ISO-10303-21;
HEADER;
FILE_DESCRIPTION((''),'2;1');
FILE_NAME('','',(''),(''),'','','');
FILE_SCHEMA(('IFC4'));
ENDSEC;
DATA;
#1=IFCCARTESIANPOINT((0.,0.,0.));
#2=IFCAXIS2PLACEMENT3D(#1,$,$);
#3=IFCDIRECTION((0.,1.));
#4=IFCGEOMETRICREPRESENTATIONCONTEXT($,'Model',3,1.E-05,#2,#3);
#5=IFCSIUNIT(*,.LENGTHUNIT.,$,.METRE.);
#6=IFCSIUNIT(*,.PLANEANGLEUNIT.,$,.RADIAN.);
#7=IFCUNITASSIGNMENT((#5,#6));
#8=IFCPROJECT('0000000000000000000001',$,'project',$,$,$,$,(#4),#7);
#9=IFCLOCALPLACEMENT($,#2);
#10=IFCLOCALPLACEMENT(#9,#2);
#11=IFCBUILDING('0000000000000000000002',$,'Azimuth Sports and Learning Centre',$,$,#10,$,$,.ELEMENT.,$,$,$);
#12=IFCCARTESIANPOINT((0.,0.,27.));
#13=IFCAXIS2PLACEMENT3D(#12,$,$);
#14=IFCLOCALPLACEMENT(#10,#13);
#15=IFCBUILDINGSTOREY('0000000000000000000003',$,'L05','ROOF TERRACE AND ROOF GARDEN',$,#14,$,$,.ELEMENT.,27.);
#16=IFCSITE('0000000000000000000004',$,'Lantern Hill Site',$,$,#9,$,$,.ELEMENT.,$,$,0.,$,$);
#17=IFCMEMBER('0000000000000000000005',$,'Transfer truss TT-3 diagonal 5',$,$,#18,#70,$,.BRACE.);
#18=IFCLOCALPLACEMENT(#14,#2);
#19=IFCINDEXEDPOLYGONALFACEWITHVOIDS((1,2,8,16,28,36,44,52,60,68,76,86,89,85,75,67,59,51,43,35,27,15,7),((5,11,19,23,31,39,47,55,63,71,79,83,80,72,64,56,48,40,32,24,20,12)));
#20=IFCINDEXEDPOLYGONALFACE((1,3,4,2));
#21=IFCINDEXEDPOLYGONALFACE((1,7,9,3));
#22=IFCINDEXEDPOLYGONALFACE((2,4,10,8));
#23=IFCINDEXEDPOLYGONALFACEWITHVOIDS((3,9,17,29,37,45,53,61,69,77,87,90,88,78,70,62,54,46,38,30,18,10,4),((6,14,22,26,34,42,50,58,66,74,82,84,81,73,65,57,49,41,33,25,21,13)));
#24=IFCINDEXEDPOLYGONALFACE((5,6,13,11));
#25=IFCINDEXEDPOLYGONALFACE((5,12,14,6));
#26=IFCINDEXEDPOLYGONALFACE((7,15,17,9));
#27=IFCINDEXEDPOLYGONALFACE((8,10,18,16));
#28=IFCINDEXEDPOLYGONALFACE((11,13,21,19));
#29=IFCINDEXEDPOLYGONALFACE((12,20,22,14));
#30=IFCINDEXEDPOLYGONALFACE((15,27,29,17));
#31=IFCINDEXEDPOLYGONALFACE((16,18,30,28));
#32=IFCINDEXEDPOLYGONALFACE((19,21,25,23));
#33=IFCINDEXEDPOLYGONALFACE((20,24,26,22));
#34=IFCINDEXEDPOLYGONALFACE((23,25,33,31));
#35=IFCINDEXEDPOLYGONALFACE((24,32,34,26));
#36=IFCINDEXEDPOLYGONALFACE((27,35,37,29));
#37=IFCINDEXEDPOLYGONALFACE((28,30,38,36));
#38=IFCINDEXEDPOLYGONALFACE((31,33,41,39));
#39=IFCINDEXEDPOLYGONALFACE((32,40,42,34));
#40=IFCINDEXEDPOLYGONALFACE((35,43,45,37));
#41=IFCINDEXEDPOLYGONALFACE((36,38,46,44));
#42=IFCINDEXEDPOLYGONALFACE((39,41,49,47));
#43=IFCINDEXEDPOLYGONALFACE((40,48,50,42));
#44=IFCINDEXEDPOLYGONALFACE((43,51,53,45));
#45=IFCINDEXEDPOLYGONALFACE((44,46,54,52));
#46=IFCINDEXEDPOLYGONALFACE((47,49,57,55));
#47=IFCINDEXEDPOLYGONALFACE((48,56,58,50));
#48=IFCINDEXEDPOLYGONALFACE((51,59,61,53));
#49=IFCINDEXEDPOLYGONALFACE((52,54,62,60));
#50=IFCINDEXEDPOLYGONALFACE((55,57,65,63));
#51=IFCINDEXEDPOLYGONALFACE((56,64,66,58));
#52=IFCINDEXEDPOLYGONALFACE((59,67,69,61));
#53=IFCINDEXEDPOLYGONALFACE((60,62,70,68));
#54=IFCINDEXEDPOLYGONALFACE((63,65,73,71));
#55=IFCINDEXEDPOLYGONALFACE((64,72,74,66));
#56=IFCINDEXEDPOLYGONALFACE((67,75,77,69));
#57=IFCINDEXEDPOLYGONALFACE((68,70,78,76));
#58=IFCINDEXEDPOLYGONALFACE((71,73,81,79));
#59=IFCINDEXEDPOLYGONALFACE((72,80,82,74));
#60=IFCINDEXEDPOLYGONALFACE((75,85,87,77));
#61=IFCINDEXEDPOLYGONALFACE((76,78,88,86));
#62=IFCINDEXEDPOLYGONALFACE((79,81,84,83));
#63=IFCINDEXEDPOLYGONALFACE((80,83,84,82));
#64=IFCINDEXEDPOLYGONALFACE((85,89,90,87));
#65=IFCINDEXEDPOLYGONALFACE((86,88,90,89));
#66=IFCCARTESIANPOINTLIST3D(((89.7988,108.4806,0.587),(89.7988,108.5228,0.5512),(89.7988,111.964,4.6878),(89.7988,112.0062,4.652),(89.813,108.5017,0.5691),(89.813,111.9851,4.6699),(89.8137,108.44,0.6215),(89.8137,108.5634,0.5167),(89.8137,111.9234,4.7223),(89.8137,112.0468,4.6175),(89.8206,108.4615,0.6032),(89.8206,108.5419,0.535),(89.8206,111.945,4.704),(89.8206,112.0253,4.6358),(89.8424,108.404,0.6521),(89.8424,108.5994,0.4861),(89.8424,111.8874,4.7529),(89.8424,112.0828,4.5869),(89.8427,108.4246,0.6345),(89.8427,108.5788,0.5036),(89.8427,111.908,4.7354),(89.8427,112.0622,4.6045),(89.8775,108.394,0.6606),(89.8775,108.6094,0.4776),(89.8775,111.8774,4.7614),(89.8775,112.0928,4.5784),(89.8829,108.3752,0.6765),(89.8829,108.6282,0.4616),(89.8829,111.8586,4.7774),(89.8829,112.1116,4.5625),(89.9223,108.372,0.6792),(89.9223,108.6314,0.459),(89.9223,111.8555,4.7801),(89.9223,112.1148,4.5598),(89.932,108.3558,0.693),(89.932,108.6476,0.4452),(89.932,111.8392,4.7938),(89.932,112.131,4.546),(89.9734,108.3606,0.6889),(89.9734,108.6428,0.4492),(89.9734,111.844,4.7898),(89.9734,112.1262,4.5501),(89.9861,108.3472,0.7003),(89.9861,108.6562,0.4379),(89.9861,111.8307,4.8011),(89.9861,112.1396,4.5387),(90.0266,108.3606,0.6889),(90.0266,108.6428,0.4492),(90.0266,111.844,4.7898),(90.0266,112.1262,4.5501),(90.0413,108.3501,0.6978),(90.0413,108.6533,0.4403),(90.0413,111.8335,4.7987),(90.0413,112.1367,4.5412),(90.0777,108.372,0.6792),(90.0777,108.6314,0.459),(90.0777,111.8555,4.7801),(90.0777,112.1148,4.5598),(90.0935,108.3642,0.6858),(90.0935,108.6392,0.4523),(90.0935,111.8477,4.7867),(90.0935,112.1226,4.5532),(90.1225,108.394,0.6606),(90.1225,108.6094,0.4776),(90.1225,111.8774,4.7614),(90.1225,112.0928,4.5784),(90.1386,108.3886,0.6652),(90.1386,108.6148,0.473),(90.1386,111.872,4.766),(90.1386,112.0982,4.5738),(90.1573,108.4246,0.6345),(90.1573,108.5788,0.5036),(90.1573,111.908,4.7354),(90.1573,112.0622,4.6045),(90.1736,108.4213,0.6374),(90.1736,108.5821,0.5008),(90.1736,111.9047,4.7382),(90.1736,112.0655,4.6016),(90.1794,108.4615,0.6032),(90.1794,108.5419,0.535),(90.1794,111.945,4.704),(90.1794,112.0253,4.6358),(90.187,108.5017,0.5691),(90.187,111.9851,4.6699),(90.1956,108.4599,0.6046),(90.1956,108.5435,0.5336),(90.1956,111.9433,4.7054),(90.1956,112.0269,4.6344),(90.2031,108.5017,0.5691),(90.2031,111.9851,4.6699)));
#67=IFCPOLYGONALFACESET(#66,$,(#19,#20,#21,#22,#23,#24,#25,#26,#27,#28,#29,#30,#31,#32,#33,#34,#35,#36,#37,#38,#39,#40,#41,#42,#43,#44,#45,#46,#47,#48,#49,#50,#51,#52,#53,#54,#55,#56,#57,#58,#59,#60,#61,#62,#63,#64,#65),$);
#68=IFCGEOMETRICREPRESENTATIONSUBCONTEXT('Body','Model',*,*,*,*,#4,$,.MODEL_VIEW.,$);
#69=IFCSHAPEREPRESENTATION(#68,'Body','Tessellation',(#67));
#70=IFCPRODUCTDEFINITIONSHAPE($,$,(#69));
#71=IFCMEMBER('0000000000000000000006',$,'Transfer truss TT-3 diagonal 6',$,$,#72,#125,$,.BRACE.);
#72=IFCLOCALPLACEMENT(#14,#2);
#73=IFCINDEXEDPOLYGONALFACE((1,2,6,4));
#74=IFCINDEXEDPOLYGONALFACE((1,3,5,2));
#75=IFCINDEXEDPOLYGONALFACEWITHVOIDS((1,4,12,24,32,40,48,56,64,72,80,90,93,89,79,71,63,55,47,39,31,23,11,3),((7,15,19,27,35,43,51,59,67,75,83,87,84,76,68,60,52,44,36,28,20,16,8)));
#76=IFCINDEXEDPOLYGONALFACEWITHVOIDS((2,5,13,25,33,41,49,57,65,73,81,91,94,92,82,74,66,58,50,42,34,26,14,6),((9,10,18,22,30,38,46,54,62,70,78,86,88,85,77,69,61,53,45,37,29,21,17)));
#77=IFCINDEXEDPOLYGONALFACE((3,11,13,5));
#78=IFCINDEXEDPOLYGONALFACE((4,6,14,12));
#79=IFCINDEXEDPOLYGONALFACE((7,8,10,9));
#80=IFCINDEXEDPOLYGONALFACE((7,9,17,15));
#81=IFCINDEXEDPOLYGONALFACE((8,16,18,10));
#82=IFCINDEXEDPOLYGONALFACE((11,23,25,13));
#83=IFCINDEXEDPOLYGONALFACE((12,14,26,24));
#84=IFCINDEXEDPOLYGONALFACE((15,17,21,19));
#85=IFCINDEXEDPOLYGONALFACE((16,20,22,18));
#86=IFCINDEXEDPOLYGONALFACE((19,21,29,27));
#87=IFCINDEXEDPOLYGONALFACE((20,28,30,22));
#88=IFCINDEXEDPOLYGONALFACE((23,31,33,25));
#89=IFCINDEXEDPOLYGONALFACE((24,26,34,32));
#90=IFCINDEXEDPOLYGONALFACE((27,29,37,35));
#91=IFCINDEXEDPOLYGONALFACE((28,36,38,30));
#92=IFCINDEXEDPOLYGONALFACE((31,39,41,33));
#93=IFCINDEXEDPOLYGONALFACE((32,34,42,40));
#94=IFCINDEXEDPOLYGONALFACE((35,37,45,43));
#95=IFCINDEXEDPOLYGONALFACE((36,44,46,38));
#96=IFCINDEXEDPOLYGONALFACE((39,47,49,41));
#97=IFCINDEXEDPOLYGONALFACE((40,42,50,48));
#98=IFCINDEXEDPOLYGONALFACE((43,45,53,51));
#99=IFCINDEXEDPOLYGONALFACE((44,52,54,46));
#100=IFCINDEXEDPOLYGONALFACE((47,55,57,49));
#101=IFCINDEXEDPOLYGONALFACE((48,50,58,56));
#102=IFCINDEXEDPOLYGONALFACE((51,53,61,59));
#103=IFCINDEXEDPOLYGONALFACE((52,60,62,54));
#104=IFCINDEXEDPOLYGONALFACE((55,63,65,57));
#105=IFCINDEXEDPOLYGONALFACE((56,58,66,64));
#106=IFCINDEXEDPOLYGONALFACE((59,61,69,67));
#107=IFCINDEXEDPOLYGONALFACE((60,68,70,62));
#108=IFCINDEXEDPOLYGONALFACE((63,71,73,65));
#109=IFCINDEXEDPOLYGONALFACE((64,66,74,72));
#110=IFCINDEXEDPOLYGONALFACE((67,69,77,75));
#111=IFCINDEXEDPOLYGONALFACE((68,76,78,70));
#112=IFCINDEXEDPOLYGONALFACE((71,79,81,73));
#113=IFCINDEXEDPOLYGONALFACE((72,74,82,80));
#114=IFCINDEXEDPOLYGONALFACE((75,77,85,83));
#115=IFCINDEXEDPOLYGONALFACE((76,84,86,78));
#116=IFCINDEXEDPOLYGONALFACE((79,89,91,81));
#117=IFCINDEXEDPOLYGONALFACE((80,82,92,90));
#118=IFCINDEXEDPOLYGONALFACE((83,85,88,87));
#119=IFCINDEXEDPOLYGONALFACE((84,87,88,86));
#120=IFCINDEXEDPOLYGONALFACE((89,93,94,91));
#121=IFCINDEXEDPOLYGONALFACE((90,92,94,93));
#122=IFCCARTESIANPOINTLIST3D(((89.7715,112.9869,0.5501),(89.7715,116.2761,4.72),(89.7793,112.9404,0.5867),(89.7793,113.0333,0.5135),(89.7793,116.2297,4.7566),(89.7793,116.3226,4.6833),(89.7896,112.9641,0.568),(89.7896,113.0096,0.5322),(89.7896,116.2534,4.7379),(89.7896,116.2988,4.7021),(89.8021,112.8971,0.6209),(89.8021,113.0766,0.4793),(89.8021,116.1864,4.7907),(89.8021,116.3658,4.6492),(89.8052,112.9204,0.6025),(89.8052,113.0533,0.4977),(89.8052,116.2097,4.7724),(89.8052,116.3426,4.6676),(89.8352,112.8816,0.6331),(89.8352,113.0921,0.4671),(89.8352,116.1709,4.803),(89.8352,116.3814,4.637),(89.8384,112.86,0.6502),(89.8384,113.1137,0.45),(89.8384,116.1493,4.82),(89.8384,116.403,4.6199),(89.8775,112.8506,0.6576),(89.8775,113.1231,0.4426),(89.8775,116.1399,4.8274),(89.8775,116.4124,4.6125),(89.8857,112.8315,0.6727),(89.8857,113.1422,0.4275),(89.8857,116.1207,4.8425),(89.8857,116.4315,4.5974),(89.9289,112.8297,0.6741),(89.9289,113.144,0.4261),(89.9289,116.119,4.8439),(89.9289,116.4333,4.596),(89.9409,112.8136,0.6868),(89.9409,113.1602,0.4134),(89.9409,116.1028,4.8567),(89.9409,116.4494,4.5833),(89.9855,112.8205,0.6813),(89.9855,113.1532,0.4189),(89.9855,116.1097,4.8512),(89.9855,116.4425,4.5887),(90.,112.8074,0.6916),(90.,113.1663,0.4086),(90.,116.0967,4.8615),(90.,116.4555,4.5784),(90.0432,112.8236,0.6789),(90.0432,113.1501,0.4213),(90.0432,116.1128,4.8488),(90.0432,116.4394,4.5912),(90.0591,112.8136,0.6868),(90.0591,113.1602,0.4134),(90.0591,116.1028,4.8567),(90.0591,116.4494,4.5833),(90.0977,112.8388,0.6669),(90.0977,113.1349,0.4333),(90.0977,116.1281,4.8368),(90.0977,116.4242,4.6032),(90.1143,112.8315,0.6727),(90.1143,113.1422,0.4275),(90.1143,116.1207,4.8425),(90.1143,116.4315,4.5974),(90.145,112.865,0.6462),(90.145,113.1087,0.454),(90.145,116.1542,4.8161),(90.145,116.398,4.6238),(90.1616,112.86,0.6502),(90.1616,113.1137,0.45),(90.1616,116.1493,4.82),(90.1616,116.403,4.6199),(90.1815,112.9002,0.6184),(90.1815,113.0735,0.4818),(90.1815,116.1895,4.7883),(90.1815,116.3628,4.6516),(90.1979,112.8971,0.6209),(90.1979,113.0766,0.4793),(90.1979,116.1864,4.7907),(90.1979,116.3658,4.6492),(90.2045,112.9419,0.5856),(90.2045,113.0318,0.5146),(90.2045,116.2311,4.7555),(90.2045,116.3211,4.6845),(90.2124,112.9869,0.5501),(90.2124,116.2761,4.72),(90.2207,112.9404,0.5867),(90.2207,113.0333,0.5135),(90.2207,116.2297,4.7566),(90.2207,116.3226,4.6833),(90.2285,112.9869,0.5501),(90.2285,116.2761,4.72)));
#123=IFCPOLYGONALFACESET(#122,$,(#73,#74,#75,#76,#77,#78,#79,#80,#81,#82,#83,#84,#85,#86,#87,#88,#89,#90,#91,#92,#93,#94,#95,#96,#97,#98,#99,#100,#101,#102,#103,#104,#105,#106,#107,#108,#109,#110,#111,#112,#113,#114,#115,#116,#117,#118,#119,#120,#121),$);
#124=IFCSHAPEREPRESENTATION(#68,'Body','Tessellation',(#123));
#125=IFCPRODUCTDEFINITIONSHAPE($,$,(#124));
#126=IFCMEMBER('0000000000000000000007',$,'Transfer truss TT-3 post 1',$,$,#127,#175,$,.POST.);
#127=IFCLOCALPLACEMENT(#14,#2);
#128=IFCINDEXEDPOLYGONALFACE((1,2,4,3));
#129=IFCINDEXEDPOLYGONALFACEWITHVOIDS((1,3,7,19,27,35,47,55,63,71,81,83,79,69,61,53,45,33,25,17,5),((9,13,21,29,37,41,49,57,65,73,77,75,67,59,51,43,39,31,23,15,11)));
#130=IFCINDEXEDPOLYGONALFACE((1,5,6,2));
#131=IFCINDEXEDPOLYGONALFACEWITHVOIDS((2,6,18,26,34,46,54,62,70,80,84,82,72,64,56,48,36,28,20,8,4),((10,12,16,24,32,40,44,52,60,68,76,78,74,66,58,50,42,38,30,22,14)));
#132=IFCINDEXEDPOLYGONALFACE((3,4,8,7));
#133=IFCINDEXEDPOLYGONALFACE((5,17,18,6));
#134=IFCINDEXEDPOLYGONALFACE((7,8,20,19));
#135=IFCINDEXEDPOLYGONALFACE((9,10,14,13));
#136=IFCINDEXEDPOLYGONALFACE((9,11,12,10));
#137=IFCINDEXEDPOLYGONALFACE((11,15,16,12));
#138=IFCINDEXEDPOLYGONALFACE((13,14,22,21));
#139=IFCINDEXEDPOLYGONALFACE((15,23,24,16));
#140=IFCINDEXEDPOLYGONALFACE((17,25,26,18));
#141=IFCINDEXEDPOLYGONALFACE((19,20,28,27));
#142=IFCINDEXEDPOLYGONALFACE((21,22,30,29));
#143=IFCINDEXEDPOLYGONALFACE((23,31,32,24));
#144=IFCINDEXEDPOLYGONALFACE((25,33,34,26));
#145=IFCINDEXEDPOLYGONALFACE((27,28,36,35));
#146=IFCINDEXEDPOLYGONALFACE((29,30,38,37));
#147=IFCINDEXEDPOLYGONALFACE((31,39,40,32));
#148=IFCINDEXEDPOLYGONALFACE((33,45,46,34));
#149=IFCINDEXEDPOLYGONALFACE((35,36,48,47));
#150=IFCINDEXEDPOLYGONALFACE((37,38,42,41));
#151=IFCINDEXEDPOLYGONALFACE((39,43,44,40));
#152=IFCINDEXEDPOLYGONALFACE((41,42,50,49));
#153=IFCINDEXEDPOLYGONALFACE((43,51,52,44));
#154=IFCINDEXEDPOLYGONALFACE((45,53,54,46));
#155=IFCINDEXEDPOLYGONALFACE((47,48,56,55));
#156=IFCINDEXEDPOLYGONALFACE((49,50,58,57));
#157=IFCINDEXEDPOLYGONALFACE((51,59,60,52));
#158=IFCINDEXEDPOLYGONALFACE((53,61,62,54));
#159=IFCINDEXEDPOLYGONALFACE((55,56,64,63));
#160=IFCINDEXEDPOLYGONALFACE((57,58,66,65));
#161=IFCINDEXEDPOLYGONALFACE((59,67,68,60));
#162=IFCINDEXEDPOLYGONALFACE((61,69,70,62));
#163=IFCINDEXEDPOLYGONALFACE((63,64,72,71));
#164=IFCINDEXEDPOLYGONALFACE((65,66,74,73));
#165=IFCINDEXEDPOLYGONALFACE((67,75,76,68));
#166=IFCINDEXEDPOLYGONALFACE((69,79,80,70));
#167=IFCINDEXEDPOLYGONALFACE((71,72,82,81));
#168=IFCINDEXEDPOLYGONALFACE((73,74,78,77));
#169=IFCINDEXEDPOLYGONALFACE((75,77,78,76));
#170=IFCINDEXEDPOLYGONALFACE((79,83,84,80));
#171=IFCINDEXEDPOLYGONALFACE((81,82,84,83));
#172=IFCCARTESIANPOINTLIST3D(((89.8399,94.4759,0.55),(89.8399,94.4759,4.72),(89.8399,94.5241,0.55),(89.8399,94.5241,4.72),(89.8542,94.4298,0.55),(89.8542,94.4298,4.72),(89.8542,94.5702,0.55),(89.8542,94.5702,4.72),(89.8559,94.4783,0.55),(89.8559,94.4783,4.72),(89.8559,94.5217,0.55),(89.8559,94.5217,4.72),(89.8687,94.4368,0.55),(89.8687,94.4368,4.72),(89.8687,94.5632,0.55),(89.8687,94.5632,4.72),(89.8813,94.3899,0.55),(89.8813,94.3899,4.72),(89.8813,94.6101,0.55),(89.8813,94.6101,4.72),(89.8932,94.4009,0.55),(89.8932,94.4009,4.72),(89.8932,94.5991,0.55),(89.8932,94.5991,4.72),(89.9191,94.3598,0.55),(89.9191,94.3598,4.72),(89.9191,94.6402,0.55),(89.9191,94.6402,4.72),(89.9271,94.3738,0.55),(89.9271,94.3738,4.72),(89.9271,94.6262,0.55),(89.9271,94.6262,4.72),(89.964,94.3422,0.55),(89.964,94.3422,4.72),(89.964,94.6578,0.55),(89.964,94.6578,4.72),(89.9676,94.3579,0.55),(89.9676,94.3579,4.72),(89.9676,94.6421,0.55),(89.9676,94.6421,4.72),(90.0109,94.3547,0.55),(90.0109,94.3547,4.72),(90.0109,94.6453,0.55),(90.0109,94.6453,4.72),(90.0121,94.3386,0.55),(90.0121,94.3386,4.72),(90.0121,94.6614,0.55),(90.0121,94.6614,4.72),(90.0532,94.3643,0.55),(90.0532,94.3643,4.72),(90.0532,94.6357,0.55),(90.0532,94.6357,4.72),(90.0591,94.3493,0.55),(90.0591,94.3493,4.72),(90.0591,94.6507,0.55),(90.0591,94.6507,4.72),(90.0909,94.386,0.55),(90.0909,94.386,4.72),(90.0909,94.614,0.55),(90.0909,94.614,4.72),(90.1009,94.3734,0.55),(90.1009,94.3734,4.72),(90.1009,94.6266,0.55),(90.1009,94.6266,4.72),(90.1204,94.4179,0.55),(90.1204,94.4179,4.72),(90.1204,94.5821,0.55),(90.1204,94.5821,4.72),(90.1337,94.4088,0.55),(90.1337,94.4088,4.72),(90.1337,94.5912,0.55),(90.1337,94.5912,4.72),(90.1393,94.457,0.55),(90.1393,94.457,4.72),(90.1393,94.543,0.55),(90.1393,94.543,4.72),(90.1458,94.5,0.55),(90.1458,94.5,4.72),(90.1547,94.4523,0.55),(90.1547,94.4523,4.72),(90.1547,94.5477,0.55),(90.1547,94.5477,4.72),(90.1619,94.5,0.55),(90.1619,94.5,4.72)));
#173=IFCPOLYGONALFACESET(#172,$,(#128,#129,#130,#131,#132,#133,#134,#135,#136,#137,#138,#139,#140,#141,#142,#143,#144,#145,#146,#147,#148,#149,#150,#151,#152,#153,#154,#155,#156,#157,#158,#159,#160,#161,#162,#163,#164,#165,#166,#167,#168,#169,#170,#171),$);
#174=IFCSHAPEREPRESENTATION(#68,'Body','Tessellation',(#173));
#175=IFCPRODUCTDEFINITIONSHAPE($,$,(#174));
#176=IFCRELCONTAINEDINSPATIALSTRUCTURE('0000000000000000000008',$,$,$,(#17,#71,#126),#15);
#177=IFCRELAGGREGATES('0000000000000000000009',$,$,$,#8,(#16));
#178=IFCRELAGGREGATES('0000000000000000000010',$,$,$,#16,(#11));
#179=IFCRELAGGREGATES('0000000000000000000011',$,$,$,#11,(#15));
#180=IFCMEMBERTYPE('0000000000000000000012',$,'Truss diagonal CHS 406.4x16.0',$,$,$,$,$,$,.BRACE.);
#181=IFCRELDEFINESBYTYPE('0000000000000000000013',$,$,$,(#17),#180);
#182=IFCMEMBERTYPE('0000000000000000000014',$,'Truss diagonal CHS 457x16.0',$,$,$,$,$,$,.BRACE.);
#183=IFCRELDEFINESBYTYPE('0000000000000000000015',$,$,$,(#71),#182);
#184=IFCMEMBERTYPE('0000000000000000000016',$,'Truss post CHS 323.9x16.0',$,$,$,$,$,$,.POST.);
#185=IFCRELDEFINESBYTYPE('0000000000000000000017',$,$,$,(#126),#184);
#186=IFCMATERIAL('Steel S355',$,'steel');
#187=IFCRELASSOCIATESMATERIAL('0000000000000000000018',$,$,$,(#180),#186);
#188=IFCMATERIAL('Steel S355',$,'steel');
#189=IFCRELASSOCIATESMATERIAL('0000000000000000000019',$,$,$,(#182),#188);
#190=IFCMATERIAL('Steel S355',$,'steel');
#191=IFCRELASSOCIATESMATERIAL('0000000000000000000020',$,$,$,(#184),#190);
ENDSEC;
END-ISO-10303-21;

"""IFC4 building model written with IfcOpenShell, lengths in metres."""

from ifc_helpers import new_model, si_unit, direction, frame, origin, origin_2d, place, context, subcontext, project, spatial, hollow_circle, extrude, material, material_profile, profile_set, type_object, element, save


model = new_model("IFC4")

# Units and contexts
model_context = context("Model", 3, precision=1e-05, world=origin(), true_north=direction((0.0, 1.0)))
body_context = subcontext(model_context, "Body", "Model", "MODEL_VIEW")
ifc_project = project(units=[si_unit("LENGTHUNIT", "METRE"), si_unit("PLANEANGLEUNIT", "RADIAN")], contexts=[model_context])

# Site, building, storey
site_placement = place(None, origin())
site = spatial("IfcSite", under=ifc_project, at=site_placement, Name="Lantern Hill Site", CompositionType="ELEMENT", RefElevation=0.0)
building_placement = place(site_placement, origin())
building = spatial("IfcBuilding", under=site, at=building_placement, Name="Azimuth Sports and Learning Centre", CompositionType="ELEMENT")
storey_placement = place(building_placement, frame((0.0, 0.0, 27.0)))
storey = spatial("IfcBuildingStorey", under=building, at=storey_placement, Name="L05", Description="ROOF TERRACE AND ROOF GARDEN", CompositionType="ELEMENT", Elevation=27.0)

# Members
ifc_material_1 = material(Name="Steel S355", Category="steel")
ifc_material_profile_1 = material_profile(ifc_material_1, hollow_circle(Radius=0.2031, WallThickness=0.0161, at=origin_2d()), Name="CHS 406.4x16.0")
ifc_profile_set_1 = profile_set([ifc_material_profile_1], Name="Steel S355")
member_type_1 = type_object("IfcMemberType", Name="Truss diagonal CHS 406.4x16.0", PredefinedType="BRACE", material=ifc_profile_set_1)
for number, where, z_axis, x_axis, name in (
    (1, (90.0, 111.9851, 4.6699), (0.0, -0.647399, -0.762151), (1.0, 0.0, 0.0), "Transfer truss TT-3 diagonal 5"),
):
    element("IfcMember", number, at=place(storey_placement, frame(where, z_axis=z_axis, x_axis=x_axis)), inside=storey, type_object=member_type_1, Name=name, PredefinedType="BRACE", context=body_context, shape_type="SweptSolid", body=[
        extrude(hollow_circle(Radius=0.2031, WallThickness=0.0161, at=origin_2d()), origin(), (0.0, 0.0, 1.0), 5.3806),
    ])
ifc_material_2 = material(Name="Steel S355", Category="steel")
ifc_material_profile_2 = material_profile(ifc_material_2, hollow_circle(Radius=0.2285, WallThickness=0.0161, at=origin_2d()), Name="CHS 457x16.0")
ifc_profile_set_2 = profile_set([ifc_material_profile_2], Name="Steel S355")
member_type_2 = type_object("IfcMemberType", Name="Truss diagonal CHS 457x16.0", PredefinedType="BRACE", material=ifc_profile_set_2)
member_1_placement = place(storey_placement, frame((90.0, 116.2761, 4.72), z_axis=(0.0, -0.619327, -0.785133), x_axis=(1.0, 0.0, 0.0)))
element("IfcMember", 2, at=member_1_placement, inside=storey, type_object=member_type_2, Name="Transfer truss TT-3 diagonal 6", PredefinedType="BRACE", context=body_context, shape_type="SweptSolid", body=[
    extrude(hollow_circle(Radius=0.2285, WallThickness=0.0161, at=origin_2d()), origin(), (0.0, 0.0, 1.0), 5.311),
])
ifc_material_3 = material(Name="Steel S355", Category="steel")
ifc_material_profile_3 = material_profile(ifc_material_3, hollow_circle(Radius=0.1619, WallThickness=0.0161, at=origin_2d()), Name="CHS 323.9x16.0")
ifc_profile_set_3 = profile_set([ifc_material_profile_3], Name="Steel S355")
member_type_3 = type_object("IfcMemberType", Name="Truss post CHS 323.9x16.0", PredefinedType="POST", material=ifc_profile_set_3)
member_2_placement = place(storey_placement, frame((90.0, 94.5, 0.55), z_axis=(0.0, 0.0, 1.0), x_axis=(1.0, 0.0, 0.0)))
element("IfcMember", 3, at=member_2_placement, inside=storey, type_object=member_type_3, Name="Transfer truss TT-3 post 1", PredefinedType="POST", context=body_context, shape_type="SweptSolid", body=[
    extrude(hollow_circle(Radius=0.1619, WallThickness=0.0161, at=origin_2d()), origin(), (0.0, 0.0, 1.0), 4.1699),
])

save(model, "model.ifc")
